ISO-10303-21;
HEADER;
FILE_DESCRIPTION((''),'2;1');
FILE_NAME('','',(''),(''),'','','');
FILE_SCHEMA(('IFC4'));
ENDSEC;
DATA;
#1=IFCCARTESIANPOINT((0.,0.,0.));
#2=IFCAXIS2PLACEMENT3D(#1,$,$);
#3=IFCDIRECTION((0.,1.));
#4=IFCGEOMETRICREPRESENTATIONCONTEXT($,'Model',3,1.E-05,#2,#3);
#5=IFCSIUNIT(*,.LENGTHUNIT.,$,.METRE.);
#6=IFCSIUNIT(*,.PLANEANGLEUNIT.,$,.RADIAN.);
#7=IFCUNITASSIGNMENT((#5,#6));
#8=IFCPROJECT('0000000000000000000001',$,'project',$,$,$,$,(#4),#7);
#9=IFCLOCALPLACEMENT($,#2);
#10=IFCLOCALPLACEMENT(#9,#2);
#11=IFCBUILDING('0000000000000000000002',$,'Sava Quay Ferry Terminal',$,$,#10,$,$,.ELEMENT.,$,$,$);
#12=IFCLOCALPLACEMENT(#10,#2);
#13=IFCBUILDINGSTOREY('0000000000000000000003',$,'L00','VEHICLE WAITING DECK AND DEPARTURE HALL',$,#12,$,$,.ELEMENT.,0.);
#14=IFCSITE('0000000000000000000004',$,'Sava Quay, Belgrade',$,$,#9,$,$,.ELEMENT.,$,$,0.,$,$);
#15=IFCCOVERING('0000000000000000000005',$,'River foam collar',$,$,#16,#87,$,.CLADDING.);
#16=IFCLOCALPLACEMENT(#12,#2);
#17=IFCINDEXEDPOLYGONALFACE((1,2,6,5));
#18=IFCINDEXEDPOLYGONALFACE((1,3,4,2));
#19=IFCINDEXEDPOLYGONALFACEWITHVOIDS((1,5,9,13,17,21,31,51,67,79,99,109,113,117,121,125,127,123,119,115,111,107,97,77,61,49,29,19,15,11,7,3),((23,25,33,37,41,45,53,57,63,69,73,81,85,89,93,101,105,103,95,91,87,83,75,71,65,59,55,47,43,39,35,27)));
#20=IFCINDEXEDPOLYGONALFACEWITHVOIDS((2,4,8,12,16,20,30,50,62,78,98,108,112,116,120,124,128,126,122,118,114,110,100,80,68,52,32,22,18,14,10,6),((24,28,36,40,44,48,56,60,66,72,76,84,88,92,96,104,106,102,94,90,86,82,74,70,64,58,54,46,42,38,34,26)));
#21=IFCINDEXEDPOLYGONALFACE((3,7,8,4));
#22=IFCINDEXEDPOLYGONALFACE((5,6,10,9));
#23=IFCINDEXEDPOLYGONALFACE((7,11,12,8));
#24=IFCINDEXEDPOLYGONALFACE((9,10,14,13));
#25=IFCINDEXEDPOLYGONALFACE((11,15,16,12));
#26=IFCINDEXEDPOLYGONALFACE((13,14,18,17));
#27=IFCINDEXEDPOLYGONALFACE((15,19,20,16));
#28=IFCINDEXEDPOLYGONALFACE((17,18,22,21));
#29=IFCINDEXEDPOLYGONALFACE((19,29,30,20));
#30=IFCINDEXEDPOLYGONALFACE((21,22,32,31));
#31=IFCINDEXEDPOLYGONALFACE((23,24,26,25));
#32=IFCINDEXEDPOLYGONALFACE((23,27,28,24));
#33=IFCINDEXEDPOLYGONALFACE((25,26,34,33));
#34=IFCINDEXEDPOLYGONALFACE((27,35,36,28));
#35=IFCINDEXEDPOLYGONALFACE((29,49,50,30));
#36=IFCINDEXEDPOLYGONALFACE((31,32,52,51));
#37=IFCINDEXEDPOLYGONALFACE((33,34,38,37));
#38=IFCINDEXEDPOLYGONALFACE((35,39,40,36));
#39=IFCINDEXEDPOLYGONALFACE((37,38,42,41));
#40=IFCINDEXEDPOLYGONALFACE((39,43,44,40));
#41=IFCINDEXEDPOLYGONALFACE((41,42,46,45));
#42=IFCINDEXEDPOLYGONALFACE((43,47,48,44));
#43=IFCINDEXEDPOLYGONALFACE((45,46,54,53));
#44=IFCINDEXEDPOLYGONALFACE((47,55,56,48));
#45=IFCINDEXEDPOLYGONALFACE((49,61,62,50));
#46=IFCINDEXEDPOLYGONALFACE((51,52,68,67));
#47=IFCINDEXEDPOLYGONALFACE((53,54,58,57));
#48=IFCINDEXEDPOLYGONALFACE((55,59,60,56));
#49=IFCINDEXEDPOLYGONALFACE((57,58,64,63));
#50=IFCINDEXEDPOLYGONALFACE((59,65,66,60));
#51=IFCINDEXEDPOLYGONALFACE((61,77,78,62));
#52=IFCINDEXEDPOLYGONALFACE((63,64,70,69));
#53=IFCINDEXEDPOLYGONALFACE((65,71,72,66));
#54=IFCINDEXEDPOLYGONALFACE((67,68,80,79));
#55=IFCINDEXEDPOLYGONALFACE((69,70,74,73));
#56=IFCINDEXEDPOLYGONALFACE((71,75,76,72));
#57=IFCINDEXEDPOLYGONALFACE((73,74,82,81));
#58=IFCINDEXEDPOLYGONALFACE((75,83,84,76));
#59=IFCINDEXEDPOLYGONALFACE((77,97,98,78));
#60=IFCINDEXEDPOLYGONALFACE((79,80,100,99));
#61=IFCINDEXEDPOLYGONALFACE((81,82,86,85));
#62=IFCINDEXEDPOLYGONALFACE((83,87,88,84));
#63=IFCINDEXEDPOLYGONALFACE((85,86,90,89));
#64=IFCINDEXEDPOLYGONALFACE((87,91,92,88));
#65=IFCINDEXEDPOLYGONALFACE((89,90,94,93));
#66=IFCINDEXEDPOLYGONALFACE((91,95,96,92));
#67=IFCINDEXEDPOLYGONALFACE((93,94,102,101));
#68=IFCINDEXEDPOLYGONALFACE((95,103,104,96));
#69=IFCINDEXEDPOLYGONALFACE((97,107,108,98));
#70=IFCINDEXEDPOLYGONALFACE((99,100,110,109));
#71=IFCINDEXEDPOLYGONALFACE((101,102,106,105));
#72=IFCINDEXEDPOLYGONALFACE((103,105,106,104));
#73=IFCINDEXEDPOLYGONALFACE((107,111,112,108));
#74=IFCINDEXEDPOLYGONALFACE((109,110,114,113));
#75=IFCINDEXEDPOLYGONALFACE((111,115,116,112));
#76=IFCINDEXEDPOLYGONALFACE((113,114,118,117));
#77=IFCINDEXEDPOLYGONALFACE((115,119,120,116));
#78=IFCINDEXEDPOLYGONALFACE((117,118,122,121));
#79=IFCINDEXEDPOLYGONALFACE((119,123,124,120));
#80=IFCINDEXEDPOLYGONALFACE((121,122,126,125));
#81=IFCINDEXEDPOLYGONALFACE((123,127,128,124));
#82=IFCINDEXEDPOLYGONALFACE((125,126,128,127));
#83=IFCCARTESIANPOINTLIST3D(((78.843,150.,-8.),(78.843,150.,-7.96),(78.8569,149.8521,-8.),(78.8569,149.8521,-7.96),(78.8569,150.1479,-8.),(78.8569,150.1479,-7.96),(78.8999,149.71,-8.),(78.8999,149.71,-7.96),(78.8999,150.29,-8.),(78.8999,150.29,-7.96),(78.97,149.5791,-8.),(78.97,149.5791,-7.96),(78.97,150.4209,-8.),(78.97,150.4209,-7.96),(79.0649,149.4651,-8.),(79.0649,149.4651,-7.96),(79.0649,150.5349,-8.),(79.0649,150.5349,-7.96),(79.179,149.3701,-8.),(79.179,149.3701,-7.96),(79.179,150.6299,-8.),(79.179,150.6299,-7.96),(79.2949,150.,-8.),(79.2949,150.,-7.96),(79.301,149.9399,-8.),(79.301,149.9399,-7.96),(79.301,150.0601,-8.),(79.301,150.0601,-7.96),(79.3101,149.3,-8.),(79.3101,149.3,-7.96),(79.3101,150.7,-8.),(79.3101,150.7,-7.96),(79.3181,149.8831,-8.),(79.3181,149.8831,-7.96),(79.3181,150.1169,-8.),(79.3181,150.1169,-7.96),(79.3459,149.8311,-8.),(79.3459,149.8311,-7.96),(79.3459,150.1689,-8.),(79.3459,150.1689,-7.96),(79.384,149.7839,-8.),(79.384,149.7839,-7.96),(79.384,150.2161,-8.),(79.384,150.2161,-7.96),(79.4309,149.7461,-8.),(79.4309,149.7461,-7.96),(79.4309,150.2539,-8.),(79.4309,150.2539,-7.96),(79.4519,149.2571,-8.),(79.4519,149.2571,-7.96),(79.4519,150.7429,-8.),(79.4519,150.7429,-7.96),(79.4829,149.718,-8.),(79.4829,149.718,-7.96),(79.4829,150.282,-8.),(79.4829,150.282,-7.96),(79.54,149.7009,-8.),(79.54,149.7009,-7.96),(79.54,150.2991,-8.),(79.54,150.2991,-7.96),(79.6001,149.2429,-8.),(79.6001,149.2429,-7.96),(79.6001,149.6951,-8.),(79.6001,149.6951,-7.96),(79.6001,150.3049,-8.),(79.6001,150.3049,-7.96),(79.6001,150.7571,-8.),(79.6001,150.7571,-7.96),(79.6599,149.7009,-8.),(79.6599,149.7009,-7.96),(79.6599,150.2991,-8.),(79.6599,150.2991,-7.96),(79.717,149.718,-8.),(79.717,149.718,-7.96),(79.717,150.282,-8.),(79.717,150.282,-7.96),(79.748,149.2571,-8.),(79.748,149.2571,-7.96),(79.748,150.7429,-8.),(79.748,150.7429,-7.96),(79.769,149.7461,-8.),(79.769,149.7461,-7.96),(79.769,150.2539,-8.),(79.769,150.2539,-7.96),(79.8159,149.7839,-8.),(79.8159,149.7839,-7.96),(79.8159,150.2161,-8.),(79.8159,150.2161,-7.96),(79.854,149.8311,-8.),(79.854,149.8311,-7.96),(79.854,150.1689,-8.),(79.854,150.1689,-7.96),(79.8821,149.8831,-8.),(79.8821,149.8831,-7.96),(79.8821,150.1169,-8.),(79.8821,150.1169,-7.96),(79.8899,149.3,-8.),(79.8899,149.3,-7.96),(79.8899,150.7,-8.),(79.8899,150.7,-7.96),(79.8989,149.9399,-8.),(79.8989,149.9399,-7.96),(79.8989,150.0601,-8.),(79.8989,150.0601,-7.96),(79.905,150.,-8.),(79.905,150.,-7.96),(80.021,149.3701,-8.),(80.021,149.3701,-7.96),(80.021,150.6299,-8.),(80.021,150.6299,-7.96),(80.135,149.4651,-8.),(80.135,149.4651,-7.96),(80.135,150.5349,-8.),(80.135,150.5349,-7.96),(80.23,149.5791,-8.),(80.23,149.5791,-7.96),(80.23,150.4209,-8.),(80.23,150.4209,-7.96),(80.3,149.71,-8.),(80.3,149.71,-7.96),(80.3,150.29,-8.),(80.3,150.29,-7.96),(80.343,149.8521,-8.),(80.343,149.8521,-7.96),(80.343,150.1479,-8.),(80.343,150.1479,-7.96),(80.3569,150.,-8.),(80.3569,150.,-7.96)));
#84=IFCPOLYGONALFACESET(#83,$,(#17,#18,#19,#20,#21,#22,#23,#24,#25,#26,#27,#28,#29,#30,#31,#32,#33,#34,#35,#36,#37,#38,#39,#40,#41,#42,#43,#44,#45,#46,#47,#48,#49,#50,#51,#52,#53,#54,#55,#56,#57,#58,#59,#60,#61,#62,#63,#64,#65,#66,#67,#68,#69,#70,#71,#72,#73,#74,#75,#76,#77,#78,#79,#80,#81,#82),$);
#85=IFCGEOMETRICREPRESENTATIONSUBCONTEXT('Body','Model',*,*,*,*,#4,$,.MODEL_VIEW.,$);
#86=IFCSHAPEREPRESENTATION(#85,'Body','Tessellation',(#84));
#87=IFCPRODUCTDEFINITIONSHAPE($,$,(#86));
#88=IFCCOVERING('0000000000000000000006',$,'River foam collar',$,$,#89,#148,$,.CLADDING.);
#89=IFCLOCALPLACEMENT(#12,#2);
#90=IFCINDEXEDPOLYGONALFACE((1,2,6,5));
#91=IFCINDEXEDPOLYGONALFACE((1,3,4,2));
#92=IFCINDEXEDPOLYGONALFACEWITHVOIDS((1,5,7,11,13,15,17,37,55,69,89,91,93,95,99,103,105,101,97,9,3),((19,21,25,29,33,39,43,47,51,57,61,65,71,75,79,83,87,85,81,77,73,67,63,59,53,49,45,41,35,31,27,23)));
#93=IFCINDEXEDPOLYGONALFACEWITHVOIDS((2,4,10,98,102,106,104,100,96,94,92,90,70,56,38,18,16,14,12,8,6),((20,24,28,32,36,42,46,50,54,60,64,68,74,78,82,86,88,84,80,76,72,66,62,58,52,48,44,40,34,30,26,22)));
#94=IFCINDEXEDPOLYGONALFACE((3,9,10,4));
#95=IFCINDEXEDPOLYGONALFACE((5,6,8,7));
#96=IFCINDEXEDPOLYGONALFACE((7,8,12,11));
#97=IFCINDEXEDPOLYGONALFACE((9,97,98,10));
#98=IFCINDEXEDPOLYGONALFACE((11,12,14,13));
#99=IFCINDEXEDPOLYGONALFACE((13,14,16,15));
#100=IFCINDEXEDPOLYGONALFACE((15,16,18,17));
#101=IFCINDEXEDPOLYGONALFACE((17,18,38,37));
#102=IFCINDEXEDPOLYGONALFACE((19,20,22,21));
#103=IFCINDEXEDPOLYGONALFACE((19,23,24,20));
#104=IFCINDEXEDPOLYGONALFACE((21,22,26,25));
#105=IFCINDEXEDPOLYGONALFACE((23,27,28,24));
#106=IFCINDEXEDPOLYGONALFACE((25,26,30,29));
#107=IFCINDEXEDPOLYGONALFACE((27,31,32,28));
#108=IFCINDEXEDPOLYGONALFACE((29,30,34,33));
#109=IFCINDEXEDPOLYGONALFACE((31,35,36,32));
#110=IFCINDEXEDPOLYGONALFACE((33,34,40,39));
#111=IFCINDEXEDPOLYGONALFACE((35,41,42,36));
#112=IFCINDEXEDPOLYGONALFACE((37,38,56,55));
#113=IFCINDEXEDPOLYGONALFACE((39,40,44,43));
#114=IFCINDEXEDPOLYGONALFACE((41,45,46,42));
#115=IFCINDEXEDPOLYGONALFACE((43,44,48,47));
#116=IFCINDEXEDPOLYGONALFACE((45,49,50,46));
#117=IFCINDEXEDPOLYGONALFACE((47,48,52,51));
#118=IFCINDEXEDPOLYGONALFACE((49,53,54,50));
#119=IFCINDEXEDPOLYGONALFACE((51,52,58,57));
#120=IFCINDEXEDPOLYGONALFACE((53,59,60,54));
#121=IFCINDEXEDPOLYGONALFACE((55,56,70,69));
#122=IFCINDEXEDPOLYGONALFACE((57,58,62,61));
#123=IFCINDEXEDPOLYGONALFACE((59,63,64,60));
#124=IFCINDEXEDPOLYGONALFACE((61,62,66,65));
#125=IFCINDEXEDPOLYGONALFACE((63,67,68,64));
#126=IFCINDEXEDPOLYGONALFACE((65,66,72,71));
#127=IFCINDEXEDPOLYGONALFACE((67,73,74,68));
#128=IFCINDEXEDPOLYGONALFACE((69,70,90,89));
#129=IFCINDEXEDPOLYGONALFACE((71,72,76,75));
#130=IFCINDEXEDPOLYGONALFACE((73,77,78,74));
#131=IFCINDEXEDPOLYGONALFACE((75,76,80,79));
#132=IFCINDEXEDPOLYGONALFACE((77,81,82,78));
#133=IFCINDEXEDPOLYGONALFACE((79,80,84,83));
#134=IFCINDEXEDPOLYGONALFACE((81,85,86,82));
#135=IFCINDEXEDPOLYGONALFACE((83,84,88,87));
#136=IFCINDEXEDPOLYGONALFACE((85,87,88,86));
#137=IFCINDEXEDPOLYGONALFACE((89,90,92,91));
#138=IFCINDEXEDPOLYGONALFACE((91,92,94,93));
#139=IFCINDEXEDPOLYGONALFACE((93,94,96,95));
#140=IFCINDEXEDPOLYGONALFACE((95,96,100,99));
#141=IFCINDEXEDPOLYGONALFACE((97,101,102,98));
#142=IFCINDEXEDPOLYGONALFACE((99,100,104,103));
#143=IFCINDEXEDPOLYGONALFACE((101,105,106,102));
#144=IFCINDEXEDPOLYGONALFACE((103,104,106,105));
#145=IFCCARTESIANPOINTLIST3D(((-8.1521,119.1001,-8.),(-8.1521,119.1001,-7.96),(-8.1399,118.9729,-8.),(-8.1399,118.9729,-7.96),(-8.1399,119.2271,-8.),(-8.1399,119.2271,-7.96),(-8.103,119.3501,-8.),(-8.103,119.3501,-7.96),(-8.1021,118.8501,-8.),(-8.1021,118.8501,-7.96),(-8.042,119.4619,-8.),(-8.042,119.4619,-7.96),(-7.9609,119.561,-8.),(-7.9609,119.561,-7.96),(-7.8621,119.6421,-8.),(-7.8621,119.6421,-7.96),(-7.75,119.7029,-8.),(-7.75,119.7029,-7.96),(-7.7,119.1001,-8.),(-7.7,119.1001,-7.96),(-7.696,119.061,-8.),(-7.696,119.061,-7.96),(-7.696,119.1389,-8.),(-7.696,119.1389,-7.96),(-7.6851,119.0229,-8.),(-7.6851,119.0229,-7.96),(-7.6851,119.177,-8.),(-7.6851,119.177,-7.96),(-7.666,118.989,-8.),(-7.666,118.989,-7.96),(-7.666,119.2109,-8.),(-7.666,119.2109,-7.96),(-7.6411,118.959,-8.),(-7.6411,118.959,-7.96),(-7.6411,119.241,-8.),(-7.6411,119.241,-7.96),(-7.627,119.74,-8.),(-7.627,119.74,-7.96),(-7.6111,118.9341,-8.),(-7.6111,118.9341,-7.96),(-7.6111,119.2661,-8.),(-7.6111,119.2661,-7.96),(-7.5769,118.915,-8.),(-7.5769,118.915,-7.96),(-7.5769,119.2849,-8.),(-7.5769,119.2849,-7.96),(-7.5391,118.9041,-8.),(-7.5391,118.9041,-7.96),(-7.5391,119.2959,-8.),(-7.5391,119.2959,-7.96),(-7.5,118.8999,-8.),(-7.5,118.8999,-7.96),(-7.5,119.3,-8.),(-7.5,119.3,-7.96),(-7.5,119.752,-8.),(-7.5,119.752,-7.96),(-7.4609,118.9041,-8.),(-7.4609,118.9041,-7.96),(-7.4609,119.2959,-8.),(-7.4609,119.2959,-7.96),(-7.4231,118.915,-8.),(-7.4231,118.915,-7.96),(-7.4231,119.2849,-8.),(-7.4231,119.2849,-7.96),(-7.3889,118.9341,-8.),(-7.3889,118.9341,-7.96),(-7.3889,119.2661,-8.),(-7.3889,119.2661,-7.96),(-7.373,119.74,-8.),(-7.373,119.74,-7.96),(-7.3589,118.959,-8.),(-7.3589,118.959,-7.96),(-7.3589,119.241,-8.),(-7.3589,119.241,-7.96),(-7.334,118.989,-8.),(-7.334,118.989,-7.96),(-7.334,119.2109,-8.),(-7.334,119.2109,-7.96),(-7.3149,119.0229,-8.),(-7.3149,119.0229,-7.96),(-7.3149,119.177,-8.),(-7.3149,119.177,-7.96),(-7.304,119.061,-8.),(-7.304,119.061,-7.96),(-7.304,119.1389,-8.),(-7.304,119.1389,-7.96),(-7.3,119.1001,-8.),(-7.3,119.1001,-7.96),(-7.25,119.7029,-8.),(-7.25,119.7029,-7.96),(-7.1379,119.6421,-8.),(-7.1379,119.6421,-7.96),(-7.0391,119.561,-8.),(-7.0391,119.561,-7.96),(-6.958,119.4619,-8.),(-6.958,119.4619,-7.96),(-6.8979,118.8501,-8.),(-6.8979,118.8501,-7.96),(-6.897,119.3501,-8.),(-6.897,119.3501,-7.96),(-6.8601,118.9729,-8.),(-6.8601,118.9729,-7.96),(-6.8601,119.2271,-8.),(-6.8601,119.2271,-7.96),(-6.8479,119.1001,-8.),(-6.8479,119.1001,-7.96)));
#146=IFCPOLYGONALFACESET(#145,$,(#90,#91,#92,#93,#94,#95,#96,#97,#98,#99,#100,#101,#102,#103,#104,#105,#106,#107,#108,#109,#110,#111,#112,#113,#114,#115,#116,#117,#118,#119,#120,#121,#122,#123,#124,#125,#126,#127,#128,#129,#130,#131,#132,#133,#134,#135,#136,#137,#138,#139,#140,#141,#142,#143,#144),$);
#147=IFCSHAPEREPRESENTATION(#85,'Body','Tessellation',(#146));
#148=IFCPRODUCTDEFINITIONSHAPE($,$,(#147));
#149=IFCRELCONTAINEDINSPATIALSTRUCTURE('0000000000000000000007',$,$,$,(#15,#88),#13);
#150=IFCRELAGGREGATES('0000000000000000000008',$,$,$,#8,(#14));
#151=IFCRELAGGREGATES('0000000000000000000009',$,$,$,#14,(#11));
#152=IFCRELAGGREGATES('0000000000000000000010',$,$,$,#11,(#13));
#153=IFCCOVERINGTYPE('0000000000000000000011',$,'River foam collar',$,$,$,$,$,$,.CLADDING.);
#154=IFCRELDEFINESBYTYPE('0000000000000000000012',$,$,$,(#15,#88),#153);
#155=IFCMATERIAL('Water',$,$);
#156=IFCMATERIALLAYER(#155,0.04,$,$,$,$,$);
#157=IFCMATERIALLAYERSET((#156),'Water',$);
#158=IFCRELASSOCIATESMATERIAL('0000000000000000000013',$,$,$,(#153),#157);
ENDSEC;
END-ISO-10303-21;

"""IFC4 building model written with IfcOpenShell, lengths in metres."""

from ifc_helpers import new_model, si_unit, direction, frame, origin, place, context, subcontext, project, spatial, polyline, outline, extrude, material, layer, layer_set, type_object, element, save


model = new_model("IFC4")

# Units and contexts
model_context = context("Model", 3, precision=1e-05, world=origin(), true_north=direction((0.0, 1.0)))
body_context = subcontext(model_context, "Body", "Model", "MODEL_VIEW")
ifc_project = project(units=[si_unit("LENGTHUNIT", "METRE"), si_unit("PLANEANGLEUNIT", "RADIAN")], contexts=[model_context])

# Site, building, storey
site_placement = place(None, origin())
site = spatial("IfcSite", under=ifc_project, at=site_placement, Name="Sava Quay, Belgrade", CompositionType="ELEMENT", RefElevation=0.0)
building_placement = place(site_placement, origin())
building = spatial("IfcBuilding", under=site, at=building_placement, Name="Sava Quay Ferry Terminal", CompositionType="ELEMENT")
storey_placement = place(building_placement, origin())
storey = spatial("IfcBuildingStorey", under=building, at=storey_placement, Name="L00", Description="VEHICLE WAITING DECK AND DEPARTURE HALL", CompositionType="ELEMENT", Elevation=0.0)

# Coverings
ifc_material_1 = material(Name="Water")
ifc_layer_1 = layer(ifc_material_1, 0.04)
ifc_layer_set_1 = layer_set([ifc_layer_1], Name="Water")
covering_type_1 = type_object("IfcCoveringType", Name="River foam collar", PredefinedType="CLADDING", material=ifc_layer_set_1)
covering_1_placement = place(storey_placement, frame((0.0, 0.0, -8.0)))
element("IfcCovering", 1, at=covering_1_placement, inside=storey, type_object=covering_type_1, Name="River foam collar", PredefinedType="CLADDING", context=body_context, shape_type="SweptSolid", body=[
    extrude(outline(polyline([(80.021, 150.6299), (79.8899, 150.7), (79.748, 150.7429), (79.6001, 150.7571), (79.4519, 150.7429), (79.3101, 150.7), (79.179, 150.6299), (79.0649, 150.5349), (78.97, 150.4209), (78.8999, 150.29), (78.8569, 150.1479), (78.843, 150.0), (78.8569, 149.8521), (78.8999, 149.71), (78.97, 149.5791), (79.0649, 149.4651), (79.179, 149.3701), (79.3101, 149.3), (79.4519, 149.2571), (79.6001, 149.2429), (79.748, 149.2571), (79.8899, 149.3), (80.021, 149.3701), (80.135, 149.4651), (80.23, 149.5791), (80.3, 149.71), (80.343, 149.8521), (80.3569, 150.0), (80.343, 150.1479), (80.3, 150.29), (80.23, 150.4209), (80.135, 150.5349), (80.021, 150.6299)]), holes=[polyline([(79.769, 149.7461), (79.717, 149.718), (79.6599, 149.7009), (79.6001, 149.6951), (79.54, 149.7009), (79.4829, 149.718), (79.4309, 149.7461), (79.384, 149.7839), (79.3459, 149.8311), (79.3181, 149.8831), (79.301, 149.9399), (79.2949, 150.0), (79.301, 150.0601), (79.3181, 150.1169), (79.3459, 150.1689), (79.384, 150.2161), (79.4309, 150.2539), (79.4829, 150.282), (79.54, 150.2991), (79.6001, 150.3049), (79.6599, 150.2991), (79.717, 150.282), (79.769, 150.2539), (79.8159, 150.2161), (79.854, 150.1689), (79.8821, 150.1169), (79.8989, 150.0601), (79.905, 150.0), (79.8989, 149.9399), (79.8821, 149.8831), (79.854, 149.8311), (79.8159, 149.7839), (79.769, 149.7461)])]), origin(), (0.0, 0.0, 1.0), 0.04),
])
covering_2_placement = place(storey_placement, frame((0.0, 0.0, -8.0)))
element("IfcCovering", 2, at=covering_2_placement, inside=storey, type_object=covering_type_1, Name="River foam collar", PredefinedType="CLADDING", context=body_context, shape_type="SweptSolid", body=[
    extrude(outline(polyline([(-6.8479, 119.1001), (-6.8601, 119.2271), (-6.897, 119.3501), (-6.958, 119.4619), (-7.0391, 119.561), (-7.1379, 119.6421), (-7.25, 119.7029), (-7.373, 119.74), (-7.5, 119.752), (-7.627, 119.74), (-7.75, 119.7029), (-7.8621, 119.6421), (-7.9609, 119.561), (-8.042, 119.4619), (-8.103, 119.3501), (-8.1399, 119.2271), (-8.1521, 119.1001), (-8.1399, 118.9729), (-8.1021, 118.8501), (-6.8979, 118.8501), (-6.8601, 118.9729), (-6.8479, 119.1001)]), holes=[polyline([(-7.3589, 118.959), (-7.3889, 118.9341), (-7.4231, 118.915), (-7.4609, 118.9041), (-7.5, 118.8999), (-7.5391, 118.9041), (-7.5769, 118.915), (-7.6111, 118.9341), (-7.6411, 118.959), (-7.666, 118.989), (-7.6851, 119.0229), (-7.696, 119.061), (-7.7, 119.1001), (-7.696, 119.1389), (-7.6851, 119.177), (-7.666, 119.2109), (-7.6411, 119.241), (-7.6111, 119.2661), (-7.5769, 119.2849), (-7.5391, 119.2959), (-7.5, 119.3), (-7.4609, 119.2959), (-7.4231, 119.2849), (-7.3889, 119.2661), (-7.3589, 119.241), (-7.334, 119.2109), (-7.3149, 119.177), (-7.304, 119.1389), (-7.3, 119.1001), (-7.304, 119.061), (-7.3149, 119.0229), (-7.334, 118.989), (-7.3589, 118.959)])]), origin(), (0.0, 0.0, 1.0), 0.04),
])

save(model, "model.ifc")
